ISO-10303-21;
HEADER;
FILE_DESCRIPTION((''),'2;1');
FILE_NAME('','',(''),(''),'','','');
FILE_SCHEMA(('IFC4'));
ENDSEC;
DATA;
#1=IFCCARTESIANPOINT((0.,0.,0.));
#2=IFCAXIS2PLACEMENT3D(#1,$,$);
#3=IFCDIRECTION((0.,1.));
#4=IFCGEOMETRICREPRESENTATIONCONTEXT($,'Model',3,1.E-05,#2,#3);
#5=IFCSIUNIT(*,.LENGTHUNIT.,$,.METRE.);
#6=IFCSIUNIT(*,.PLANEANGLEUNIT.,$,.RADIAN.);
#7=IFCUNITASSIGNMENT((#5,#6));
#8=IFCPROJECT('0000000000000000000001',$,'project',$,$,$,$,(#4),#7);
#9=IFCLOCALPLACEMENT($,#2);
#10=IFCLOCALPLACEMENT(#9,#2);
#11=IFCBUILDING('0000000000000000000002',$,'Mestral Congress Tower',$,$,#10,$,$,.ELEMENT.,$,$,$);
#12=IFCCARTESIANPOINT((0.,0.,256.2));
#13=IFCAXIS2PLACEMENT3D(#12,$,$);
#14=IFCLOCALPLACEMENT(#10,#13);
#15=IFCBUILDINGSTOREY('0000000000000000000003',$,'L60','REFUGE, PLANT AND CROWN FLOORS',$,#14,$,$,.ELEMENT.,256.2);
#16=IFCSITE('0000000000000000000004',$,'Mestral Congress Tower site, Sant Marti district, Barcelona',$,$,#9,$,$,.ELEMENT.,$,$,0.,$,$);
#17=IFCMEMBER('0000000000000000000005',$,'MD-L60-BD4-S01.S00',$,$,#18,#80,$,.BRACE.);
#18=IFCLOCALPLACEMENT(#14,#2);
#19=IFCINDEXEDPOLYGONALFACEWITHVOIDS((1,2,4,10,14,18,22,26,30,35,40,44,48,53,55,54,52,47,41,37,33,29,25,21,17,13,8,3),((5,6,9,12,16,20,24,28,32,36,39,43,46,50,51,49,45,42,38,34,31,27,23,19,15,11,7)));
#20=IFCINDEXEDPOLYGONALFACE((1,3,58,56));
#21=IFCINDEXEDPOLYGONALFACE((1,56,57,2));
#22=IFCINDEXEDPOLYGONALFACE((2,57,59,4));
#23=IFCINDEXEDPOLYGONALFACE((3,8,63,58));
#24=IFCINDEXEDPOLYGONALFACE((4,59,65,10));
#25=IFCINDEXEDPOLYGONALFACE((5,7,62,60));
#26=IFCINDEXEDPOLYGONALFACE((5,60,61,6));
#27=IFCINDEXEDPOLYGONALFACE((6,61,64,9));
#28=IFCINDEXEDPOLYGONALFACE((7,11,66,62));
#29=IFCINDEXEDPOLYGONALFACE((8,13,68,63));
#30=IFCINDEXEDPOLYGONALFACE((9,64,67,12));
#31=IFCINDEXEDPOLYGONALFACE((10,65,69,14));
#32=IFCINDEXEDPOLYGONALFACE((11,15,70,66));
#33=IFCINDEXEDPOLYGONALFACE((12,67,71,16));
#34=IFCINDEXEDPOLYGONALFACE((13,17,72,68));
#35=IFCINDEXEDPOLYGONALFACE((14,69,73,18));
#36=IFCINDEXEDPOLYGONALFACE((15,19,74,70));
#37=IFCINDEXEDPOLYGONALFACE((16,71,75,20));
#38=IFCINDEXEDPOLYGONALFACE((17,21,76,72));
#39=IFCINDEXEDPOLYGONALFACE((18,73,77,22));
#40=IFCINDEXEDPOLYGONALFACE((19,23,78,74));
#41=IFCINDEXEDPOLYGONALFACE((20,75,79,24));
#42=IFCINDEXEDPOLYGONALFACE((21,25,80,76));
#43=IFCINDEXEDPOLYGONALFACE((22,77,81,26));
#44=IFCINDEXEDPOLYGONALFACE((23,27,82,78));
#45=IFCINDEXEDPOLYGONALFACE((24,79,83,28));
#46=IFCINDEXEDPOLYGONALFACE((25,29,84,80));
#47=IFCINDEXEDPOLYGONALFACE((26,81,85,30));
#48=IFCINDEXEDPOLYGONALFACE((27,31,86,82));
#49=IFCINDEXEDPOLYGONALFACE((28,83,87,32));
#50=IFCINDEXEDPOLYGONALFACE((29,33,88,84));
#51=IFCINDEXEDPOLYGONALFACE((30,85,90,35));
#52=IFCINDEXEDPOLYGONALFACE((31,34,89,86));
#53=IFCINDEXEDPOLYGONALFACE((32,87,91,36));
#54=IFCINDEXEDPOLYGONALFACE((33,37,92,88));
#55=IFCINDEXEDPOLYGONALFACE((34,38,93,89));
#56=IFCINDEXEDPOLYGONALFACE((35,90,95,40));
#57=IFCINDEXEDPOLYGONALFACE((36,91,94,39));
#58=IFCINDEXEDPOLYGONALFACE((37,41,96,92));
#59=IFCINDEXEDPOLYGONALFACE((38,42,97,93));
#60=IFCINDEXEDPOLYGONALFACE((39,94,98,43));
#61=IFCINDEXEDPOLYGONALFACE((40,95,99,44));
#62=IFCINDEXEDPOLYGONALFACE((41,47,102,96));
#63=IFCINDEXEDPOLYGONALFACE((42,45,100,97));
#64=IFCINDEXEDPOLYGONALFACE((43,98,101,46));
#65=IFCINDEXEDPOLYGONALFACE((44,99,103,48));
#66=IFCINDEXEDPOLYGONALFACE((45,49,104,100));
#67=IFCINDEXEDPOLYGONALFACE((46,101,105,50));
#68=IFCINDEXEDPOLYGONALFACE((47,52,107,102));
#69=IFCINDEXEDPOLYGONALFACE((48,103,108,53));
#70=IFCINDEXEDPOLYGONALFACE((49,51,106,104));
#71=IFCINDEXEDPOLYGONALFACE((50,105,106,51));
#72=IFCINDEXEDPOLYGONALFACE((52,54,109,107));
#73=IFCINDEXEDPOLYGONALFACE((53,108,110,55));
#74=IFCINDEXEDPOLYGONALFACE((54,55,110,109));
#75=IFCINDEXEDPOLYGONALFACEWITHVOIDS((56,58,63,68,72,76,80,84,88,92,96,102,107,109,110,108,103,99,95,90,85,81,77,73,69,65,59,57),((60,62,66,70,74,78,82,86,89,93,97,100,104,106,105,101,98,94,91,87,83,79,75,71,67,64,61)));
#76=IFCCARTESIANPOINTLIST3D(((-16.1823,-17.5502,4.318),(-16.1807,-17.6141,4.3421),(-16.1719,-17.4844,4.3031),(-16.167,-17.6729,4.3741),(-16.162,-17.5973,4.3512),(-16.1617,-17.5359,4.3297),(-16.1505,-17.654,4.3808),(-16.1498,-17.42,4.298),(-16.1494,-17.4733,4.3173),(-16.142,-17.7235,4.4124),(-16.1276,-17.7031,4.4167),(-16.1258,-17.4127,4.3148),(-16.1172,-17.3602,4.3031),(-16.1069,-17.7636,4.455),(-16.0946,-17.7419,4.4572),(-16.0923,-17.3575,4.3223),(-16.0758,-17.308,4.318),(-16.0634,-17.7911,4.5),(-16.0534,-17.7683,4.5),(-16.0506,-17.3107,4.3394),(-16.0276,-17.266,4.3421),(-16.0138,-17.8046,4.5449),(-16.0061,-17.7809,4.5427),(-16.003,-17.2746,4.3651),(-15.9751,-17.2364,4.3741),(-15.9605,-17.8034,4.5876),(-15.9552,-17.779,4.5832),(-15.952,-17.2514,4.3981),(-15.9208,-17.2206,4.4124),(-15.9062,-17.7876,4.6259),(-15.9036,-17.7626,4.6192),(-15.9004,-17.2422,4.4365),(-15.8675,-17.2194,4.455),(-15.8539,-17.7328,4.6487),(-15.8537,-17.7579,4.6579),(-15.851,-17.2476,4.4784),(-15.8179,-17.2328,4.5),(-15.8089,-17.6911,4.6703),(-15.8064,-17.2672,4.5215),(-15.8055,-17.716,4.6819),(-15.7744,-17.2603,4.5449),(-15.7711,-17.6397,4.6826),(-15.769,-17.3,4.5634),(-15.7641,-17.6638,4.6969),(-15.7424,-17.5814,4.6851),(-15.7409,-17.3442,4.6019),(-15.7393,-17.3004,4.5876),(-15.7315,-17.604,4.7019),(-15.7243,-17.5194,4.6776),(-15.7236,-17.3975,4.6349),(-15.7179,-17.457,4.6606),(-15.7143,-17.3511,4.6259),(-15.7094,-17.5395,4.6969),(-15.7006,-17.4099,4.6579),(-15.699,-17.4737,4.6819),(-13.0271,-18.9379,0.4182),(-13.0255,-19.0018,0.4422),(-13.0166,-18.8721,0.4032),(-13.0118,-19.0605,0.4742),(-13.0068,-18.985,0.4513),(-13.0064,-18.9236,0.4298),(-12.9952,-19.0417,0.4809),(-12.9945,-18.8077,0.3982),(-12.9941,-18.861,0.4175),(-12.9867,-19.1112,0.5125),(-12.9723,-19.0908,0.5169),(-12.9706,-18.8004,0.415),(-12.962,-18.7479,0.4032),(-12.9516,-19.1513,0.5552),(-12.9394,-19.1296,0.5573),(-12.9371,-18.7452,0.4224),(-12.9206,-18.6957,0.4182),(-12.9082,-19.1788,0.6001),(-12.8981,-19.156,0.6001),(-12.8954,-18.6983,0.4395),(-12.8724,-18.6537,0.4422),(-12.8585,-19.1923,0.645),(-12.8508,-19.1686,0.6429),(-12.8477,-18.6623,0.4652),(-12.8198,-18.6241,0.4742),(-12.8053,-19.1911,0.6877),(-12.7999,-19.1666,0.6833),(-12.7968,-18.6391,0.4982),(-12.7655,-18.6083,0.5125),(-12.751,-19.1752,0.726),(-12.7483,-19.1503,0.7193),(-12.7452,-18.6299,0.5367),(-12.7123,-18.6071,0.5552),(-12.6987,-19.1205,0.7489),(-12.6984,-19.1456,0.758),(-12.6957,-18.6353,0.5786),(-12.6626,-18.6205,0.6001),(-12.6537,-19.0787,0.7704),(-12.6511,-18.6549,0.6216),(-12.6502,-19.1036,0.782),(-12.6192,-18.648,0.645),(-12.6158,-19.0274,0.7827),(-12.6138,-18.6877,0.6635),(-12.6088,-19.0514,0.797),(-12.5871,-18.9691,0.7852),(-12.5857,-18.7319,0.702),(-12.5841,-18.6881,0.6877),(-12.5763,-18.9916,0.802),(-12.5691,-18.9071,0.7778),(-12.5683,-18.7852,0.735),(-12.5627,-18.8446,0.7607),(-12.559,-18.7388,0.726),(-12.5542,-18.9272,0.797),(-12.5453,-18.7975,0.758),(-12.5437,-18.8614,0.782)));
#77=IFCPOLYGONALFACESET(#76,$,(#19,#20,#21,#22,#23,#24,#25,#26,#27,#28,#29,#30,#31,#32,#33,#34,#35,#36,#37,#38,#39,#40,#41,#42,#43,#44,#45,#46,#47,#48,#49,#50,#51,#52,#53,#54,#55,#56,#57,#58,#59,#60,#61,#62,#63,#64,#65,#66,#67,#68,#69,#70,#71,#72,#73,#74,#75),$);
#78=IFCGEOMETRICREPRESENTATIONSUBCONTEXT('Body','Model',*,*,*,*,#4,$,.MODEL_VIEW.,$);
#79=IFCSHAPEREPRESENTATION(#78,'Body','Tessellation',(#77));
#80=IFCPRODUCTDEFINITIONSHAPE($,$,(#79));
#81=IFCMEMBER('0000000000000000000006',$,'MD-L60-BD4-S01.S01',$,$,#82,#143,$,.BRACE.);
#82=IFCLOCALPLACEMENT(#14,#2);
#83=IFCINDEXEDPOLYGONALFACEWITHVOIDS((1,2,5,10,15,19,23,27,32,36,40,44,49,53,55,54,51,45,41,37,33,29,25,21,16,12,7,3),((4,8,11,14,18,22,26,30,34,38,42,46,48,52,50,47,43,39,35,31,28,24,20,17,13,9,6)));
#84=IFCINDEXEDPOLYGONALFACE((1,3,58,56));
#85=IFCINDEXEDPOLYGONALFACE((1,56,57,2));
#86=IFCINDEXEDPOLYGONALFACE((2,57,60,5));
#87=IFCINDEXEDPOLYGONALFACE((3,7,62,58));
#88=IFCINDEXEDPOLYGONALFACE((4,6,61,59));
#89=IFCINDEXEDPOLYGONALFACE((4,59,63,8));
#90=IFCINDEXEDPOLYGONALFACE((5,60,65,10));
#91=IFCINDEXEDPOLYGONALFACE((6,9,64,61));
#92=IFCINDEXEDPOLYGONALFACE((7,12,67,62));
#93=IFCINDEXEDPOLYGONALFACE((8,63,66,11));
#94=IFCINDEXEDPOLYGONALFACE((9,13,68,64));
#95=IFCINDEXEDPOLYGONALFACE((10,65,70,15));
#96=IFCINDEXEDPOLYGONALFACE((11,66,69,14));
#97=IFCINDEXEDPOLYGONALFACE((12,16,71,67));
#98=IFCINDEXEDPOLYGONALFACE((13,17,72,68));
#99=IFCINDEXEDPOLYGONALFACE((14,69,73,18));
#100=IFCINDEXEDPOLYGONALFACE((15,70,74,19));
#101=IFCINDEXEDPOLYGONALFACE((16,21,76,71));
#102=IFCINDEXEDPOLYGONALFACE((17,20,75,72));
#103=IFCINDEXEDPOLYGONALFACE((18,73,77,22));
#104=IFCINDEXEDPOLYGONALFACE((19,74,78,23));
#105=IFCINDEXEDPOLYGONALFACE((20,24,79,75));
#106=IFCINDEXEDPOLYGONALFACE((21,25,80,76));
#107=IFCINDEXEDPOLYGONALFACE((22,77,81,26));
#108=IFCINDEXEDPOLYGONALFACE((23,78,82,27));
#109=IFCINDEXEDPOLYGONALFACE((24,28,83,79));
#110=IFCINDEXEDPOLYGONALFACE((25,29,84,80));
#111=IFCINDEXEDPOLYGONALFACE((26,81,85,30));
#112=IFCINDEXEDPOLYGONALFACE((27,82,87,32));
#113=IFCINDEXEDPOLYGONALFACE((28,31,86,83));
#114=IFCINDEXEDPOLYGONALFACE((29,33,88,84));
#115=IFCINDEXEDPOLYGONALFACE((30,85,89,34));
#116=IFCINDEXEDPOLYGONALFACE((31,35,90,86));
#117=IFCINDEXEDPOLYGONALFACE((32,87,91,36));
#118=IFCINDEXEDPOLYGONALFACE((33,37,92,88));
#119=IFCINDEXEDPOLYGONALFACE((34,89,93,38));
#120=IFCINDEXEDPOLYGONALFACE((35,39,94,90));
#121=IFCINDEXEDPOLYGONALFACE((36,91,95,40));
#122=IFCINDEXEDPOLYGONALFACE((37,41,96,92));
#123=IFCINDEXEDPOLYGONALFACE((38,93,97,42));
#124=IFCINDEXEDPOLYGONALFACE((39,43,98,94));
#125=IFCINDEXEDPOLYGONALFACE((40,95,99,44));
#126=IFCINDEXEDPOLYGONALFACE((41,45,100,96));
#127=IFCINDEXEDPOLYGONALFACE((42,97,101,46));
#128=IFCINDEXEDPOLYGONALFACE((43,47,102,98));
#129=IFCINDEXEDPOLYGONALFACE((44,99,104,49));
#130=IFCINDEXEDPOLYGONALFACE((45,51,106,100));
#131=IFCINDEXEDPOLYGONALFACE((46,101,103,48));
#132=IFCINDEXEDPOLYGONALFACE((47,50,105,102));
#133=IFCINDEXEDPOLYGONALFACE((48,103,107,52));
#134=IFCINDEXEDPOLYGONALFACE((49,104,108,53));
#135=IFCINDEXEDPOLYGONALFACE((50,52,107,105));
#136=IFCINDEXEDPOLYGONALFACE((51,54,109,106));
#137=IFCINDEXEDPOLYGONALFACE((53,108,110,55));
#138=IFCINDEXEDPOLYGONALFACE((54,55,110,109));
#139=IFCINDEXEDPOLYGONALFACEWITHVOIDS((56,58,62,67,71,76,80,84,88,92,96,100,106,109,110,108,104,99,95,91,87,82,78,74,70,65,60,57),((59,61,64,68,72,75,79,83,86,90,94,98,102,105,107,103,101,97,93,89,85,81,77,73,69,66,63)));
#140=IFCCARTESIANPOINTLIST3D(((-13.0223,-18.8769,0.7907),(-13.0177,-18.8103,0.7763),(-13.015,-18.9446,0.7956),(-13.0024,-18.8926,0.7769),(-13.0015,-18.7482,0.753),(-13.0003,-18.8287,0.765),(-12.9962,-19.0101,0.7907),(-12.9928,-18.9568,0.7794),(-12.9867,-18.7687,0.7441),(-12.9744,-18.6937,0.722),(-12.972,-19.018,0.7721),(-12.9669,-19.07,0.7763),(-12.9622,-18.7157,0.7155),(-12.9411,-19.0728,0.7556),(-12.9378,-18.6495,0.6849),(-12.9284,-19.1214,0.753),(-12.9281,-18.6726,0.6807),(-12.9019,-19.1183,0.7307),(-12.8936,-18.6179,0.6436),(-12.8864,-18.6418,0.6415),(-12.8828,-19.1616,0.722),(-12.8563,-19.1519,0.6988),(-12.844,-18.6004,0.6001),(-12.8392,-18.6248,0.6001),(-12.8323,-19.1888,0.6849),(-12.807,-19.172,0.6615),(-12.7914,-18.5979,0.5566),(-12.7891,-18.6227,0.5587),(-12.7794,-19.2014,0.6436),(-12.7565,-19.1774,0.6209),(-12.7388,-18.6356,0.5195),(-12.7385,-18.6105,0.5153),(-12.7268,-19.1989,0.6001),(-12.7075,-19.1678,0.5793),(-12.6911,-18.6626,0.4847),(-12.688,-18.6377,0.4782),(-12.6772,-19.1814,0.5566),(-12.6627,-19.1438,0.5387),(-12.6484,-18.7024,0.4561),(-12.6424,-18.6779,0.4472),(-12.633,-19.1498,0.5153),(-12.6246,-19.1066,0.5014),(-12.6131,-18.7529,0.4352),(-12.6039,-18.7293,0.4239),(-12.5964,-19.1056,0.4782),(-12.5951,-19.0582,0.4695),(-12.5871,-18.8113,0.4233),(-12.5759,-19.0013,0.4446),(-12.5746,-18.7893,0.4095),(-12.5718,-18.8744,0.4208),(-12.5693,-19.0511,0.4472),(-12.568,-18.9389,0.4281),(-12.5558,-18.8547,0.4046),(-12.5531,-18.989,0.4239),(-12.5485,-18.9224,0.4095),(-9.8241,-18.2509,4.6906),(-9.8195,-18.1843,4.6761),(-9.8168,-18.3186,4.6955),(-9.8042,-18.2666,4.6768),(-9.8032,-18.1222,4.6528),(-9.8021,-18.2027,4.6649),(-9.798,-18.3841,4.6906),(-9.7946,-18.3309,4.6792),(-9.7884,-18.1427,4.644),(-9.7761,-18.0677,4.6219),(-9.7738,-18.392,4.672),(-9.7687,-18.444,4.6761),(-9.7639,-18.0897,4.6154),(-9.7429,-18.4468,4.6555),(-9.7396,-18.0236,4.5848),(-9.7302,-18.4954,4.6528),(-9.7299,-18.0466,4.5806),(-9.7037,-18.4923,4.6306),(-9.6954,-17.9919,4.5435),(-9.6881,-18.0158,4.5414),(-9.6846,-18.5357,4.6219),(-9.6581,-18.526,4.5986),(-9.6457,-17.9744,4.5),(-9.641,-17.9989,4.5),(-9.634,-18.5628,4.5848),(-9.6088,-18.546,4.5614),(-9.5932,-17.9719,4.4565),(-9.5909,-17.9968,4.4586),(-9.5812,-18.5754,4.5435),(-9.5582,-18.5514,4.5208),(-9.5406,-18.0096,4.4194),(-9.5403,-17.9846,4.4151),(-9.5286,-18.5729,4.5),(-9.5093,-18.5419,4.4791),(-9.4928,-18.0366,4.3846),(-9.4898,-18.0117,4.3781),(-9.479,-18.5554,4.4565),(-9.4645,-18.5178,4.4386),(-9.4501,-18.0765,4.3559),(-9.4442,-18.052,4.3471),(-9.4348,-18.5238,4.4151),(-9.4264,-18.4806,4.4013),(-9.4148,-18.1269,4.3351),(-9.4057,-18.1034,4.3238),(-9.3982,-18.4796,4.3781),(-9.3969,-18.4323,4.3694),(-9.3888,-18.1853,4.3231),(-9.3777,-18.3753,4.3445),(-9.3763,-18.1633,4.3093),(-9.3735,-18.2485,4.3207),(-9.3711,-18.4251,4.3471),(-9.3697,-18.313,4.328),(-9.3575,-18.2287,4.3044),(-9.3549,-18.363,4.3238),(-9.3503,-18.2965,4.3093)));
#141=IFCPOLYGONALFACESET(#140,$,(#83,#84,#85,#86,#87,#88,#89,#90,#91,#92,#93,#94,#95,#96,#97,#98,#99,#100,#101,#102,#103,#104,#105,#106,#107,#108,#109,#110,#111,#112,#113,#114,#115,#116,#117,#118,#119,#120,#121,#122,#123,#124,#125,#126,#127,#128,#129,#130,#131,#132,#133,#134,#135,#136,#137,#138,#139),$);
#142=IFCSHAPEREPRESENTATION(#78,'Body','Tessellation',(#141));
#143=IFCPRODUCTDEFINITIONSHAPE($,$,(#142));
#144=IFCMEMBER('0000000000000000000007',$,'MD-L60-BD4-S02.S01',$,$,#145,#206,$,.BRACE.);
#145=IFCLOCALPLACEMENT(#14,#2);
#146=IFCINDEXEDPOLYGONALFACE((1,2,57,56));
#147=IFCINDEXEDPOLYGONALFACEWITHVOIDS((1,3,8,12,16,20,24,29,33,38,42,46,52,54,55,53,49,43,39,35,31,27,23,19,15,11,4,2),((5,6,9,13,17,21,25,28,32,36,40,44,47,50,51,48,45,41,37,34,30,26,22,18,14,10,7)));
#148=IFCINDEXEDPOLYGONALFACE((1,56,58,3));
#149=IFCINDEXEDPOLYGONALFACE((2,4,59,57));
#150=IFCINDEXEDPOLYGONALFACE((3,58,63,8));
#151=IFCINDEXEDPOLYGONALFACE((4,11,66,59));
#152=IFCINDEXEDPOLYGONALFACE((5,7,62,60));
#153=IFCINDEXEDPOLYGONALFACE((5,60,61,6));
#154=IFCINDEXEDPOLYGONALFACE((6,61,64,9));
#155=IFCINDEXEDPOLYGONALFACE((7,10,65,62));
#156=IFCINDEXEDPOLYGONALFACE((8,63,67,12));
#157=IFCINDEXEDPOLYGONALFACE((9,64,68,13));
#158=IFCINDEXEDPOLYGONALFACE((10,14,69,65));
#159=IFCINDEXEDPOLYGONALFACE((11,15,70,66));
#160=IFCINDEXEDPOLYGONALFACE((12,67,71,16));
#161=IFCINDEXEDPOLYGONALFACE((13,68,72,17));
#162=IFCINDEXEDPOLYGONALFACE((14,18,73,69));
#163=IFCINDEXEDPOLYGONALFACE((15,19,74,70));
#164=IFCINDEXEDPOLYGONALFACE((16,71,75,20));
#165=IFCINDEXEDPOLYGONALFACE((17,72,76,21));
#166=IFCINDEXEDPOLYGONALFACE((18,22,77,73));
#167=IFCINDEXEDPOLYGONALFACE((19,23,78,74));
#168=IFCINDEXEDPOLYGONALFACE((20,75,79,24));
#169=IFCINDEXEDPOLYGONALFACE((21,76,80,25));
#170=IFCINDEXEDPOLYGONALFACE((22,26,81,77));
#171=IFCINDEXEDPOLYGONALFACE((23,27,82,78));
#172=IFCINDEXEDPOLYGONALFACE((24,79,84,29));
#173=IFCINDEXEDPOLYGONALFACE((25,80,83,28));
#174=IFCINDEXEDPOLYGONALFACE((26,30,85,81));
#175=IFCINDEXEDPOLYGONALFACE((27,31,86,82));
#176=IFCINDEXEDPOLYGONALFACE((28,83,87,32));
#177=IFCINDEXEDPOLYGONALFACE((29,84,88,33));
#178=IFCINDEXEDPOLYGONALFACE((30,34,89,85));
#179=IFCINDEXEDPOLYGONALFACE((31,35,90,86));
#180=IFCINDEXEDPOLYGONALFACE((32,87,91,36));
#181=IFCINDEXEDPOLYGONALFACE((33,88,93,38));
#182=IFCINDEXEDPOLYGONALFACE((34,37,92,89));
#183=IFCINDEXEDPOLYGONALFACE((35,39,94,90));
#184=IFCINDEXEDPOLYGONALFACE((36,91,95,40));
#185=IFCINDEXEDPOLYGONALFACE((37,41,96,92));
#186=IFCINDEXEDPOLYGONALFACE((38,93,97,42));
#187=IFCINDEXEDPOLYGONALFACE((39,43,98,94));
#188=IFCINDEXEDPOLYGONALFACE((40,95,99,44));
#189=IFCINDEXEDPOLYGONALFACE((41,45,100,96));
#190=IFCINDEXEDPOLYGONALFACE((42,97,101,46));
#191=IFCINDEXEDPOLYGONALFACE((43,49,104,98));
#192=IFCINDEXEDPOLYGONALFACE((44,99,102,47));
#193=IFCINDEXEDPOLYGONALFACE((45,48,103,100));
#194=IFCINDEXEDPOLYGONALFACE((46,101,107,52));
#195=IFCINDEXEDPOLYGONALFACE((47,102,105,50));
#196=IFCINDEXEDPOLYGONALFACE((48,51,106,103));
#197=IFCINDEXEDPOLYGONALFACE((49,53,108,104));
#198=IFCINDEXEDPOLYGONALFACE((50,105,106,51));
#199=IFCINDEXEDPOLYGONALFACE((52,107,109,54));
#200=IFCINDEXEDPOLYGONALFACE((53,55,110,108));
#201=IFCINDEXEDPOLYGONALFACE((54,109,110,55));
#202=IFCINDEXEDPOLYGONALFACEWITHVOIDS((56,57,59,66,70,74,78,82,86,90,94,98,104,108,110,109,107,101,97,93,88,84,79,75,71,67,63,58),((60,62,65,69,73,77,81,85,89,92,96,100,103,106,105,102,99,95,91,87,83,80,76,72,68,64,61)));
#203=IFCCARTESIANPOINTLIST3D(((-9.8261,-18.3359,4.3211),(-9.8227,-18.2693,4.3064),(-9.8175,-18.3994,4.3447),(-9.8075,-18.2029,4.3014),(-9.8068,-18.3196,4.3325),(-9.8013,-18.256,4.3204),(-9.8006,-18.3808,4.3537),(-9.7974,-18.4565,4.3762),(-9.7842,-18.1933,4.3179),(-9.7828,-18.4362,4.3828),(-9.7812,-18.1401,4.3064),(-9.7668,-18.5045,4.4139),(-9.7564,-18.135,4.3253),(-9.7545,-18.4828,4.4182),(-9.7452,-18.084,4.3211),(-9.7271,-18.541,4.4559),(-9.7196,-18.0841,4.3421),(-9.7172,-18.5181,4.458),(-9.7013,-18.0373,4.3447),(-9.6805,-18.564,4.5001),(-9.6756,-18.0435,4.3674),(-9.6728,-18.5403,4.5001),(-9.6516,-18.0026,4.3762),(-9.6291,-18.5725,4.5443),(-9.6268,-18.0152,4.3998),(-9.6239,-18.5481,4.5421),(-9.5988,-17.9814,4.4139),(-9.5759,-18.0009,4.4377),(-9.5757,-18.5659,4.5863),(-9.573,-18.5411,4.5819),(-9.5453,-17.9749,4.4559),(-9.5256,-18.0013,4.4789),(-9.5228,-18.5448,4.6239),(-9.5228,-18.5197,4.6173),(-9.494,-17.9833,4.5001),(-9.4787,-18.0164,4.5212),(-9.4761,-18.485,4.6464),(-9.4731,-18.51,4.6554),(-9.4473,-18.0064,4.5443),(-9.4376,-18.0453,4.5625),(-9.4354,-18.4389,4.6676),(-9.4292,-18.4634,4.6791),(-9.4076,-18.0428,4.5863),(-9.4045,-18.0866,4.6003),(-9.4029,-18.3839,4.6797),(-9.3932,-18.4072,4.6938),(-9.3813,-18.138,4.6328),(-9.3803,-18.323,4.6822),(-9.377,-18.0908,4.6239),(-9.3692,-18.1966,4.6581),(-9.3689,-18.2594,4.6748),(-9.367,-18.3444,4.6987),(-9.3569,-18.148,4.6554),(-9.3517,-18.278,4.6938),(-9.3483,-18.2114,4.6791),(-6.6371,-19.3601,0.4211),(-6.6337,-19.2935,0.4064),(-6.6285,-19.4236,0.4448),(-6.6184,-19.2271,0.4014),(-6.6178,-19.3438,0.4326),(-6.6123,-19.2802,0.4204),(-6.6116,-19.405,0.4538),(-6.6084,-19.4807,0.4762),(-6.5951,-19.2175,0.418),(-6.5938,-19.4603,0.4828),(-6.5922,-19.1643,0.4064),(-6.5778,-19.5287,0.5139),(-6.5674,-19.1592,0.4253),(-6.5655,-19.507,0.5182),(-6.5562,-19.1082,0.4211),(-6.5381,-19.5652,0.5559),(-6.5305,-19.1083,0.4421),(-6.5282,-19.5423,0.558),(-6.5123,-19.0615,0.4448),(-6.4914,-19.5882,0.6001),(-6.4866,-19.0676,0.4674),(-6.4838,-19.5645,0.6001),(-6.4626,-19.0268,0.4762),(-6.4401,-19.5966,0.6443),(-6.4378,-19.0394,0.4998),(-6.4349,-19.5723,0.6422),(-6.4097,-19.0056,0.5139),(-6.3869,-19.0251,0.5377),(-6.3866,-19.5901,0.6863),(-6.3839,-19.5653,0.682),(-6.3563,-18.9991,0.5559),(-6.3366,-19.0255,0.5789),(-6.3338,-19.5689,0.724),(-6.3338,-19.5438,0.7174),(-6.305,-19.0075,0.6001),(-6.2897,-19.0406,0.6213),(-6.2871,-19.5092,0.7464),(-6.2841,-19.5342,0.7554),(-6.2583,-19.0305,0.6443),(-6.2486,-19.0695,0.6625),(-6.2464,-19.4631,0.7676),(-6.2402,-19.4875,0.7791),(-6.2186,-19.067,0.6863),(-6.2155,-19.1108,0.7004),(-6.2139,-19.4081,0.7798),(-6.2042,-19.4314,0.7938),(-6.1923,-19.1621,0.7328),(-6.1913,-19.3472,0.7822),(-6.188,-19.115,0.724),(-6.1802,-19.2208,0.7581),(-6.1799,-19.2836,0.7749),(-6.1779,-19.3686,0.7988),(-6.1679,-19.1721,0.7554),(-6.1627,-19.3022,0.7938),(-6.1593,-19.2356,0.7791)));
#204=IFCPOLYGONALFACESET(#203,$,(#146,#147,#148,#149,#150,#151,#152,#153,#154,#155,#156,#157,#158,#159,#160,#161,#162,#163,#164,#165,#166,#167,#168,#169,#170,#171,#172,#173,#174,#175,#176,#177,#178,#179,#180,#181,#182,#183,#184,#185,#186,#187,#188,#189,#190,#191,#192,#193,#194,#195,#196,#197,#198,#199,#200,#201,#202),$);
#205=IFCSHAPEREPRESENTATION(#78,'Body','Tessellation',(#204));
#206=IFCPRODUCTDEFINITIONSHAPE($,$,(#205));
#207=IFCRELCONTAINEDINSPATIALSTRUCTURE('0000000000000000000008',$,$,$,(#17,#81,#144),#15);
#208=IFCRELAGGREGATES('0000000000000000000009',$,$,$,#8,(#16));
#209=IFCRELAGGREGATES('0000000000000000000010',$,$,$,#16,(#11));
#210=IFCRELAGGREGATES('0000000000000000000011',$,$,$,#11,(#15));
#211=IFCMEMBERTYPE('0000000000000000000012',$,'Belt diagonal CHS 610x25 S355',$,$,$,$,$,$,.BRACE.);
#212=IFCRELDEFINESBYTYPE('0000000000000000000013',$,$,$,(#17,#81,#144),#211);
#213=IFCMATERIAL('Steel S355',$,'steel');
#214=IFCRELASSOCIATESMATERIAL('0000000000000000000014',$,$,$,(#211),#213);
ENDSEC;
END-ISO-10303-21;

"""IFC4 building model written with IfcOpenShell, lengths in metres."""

from ifc_helpers import new_model, si_unit, direction, frame, origin, origin_2d, place, context, subcontext, project, spatial, hollow_circle, extrude, material, material_profile, profile_set, type_object, element, save


model = new_model("IFC4")

# Units and contexts
model_context = context("Model", 3, precision=1e-05, world=origin(), true_north=direction((0.0, 1.0)))
body_context = subcontext(model_context, "Body", "Model", "MODEL_VIEW")
ifc_project = project(units=[si_unit("LENGTHUNIT", "METRE"), si_unit("PLANEANGLEUNIT", "RADIAN")], contexts=[model_context])

# Site, building, storey
site_placement = place(None, origin())
site = spatial("IfcSite", under=ifc_project, at=site_placement, Name="Mestral Congress Tower site, Sant Marti district, Barcelona", CompositionType="ELEMENT", RefElevation=0.0)
building_placement = place(site_placement, origin())
building = spatial("IfcBuilding", under=site, at=building_placement, Name="Mestral Congress Tower", CompositionType="ELEMENT")
storey_placement = place(building_placement, frame((0.0, 0.0, 256.2)))
storey = spatial("IfcBuildingStorey", under=building, at=storey_placement, Name="L60", Description="REFUGE, PLANT AND CROWN FLOORS", CompositionType="ELEMENT", Elevation=256.2)

# Members
ifc_material_1 = material(Name="Steel S355", Category="steel")
ifc_material_profile_1 = material_profile(ifc_material_1, hollow_circle(Radius=0.3049, WallThickness=0.0249, at=origin_2d()), Name="CHS 610x25")
ifc_profile_set_1 = profile_set([ifc_material_profile_1], Name="Steel S355")
member_type_1 = type_object("IfcMemberType", Name="Belt diagonal CHS 610x25 S355", PredefinedType="BRACE", material=ifc_profile_set_1)
member_1_placement = place(storey_placement, frame((-12.7854, -18.8997, 0.6001), z_axis=(-0.606215, 0.266615, 0.749279), x_axis=(-0.402587, -0.915382, 0.0)))
element("IfcMember", 1, at=member_1_placement, inside=storey, type_object=member_type_1, Name="MD-L60-BD4-S01.S00", PredefinedType="BRACE", context=body_context, shape_type="SweptSolid", body=[
    extrude(hollow_circle(Radius=0.3049, WallThickness=0.0249, at=origin_2d()), origin(), (0.0, 0.0, 1.0), 5.2048),
])
member_2_placement = place(storey_placement, frame((-12.7854, -18.8997, 0.6001), z_axis=(0.62929, 0.123168, 0.767349), x_axis=(-0.192081, 0.981379, 0.0)))
element("IfcMember", 2, at=member_2_placement, inside=storey, type_object=member_type_1, Name="MD-L60-BD4-S01.S01", PredefinedType="BRACE", context=body_context, shape_type="SweptSolid", body=[
    extrude(hollow_circle(Radius=0.3049, WallThickness=0.0249, at=origin_2d()), origin(), (0.0, 0.0, 1.0), 5.0823),
])
member_3_placement = place(storey_placement, frame((-6.3982, -19.2979, 0.6001), z_axis=(-0.620327, 0.199224, 0.75862), x_axis=(-0.305778, -0.952103, 0.0)))
element("IfcMember", 3, at=member_3_placement, inside=storey, type_object=member_type_1, Name="MD-L60-BD4-S02.S01", PredefinedType="BRACE", context=body_context, shape_type="SweptSolid", body=[
    extrude(hollow_circle(Radius=0.3049, WallThickness=0.0249, at=origin_2d()), origin(), (0.0, 0.0, 1.0), 5.1409),
])

save(model, "model.ifc")
